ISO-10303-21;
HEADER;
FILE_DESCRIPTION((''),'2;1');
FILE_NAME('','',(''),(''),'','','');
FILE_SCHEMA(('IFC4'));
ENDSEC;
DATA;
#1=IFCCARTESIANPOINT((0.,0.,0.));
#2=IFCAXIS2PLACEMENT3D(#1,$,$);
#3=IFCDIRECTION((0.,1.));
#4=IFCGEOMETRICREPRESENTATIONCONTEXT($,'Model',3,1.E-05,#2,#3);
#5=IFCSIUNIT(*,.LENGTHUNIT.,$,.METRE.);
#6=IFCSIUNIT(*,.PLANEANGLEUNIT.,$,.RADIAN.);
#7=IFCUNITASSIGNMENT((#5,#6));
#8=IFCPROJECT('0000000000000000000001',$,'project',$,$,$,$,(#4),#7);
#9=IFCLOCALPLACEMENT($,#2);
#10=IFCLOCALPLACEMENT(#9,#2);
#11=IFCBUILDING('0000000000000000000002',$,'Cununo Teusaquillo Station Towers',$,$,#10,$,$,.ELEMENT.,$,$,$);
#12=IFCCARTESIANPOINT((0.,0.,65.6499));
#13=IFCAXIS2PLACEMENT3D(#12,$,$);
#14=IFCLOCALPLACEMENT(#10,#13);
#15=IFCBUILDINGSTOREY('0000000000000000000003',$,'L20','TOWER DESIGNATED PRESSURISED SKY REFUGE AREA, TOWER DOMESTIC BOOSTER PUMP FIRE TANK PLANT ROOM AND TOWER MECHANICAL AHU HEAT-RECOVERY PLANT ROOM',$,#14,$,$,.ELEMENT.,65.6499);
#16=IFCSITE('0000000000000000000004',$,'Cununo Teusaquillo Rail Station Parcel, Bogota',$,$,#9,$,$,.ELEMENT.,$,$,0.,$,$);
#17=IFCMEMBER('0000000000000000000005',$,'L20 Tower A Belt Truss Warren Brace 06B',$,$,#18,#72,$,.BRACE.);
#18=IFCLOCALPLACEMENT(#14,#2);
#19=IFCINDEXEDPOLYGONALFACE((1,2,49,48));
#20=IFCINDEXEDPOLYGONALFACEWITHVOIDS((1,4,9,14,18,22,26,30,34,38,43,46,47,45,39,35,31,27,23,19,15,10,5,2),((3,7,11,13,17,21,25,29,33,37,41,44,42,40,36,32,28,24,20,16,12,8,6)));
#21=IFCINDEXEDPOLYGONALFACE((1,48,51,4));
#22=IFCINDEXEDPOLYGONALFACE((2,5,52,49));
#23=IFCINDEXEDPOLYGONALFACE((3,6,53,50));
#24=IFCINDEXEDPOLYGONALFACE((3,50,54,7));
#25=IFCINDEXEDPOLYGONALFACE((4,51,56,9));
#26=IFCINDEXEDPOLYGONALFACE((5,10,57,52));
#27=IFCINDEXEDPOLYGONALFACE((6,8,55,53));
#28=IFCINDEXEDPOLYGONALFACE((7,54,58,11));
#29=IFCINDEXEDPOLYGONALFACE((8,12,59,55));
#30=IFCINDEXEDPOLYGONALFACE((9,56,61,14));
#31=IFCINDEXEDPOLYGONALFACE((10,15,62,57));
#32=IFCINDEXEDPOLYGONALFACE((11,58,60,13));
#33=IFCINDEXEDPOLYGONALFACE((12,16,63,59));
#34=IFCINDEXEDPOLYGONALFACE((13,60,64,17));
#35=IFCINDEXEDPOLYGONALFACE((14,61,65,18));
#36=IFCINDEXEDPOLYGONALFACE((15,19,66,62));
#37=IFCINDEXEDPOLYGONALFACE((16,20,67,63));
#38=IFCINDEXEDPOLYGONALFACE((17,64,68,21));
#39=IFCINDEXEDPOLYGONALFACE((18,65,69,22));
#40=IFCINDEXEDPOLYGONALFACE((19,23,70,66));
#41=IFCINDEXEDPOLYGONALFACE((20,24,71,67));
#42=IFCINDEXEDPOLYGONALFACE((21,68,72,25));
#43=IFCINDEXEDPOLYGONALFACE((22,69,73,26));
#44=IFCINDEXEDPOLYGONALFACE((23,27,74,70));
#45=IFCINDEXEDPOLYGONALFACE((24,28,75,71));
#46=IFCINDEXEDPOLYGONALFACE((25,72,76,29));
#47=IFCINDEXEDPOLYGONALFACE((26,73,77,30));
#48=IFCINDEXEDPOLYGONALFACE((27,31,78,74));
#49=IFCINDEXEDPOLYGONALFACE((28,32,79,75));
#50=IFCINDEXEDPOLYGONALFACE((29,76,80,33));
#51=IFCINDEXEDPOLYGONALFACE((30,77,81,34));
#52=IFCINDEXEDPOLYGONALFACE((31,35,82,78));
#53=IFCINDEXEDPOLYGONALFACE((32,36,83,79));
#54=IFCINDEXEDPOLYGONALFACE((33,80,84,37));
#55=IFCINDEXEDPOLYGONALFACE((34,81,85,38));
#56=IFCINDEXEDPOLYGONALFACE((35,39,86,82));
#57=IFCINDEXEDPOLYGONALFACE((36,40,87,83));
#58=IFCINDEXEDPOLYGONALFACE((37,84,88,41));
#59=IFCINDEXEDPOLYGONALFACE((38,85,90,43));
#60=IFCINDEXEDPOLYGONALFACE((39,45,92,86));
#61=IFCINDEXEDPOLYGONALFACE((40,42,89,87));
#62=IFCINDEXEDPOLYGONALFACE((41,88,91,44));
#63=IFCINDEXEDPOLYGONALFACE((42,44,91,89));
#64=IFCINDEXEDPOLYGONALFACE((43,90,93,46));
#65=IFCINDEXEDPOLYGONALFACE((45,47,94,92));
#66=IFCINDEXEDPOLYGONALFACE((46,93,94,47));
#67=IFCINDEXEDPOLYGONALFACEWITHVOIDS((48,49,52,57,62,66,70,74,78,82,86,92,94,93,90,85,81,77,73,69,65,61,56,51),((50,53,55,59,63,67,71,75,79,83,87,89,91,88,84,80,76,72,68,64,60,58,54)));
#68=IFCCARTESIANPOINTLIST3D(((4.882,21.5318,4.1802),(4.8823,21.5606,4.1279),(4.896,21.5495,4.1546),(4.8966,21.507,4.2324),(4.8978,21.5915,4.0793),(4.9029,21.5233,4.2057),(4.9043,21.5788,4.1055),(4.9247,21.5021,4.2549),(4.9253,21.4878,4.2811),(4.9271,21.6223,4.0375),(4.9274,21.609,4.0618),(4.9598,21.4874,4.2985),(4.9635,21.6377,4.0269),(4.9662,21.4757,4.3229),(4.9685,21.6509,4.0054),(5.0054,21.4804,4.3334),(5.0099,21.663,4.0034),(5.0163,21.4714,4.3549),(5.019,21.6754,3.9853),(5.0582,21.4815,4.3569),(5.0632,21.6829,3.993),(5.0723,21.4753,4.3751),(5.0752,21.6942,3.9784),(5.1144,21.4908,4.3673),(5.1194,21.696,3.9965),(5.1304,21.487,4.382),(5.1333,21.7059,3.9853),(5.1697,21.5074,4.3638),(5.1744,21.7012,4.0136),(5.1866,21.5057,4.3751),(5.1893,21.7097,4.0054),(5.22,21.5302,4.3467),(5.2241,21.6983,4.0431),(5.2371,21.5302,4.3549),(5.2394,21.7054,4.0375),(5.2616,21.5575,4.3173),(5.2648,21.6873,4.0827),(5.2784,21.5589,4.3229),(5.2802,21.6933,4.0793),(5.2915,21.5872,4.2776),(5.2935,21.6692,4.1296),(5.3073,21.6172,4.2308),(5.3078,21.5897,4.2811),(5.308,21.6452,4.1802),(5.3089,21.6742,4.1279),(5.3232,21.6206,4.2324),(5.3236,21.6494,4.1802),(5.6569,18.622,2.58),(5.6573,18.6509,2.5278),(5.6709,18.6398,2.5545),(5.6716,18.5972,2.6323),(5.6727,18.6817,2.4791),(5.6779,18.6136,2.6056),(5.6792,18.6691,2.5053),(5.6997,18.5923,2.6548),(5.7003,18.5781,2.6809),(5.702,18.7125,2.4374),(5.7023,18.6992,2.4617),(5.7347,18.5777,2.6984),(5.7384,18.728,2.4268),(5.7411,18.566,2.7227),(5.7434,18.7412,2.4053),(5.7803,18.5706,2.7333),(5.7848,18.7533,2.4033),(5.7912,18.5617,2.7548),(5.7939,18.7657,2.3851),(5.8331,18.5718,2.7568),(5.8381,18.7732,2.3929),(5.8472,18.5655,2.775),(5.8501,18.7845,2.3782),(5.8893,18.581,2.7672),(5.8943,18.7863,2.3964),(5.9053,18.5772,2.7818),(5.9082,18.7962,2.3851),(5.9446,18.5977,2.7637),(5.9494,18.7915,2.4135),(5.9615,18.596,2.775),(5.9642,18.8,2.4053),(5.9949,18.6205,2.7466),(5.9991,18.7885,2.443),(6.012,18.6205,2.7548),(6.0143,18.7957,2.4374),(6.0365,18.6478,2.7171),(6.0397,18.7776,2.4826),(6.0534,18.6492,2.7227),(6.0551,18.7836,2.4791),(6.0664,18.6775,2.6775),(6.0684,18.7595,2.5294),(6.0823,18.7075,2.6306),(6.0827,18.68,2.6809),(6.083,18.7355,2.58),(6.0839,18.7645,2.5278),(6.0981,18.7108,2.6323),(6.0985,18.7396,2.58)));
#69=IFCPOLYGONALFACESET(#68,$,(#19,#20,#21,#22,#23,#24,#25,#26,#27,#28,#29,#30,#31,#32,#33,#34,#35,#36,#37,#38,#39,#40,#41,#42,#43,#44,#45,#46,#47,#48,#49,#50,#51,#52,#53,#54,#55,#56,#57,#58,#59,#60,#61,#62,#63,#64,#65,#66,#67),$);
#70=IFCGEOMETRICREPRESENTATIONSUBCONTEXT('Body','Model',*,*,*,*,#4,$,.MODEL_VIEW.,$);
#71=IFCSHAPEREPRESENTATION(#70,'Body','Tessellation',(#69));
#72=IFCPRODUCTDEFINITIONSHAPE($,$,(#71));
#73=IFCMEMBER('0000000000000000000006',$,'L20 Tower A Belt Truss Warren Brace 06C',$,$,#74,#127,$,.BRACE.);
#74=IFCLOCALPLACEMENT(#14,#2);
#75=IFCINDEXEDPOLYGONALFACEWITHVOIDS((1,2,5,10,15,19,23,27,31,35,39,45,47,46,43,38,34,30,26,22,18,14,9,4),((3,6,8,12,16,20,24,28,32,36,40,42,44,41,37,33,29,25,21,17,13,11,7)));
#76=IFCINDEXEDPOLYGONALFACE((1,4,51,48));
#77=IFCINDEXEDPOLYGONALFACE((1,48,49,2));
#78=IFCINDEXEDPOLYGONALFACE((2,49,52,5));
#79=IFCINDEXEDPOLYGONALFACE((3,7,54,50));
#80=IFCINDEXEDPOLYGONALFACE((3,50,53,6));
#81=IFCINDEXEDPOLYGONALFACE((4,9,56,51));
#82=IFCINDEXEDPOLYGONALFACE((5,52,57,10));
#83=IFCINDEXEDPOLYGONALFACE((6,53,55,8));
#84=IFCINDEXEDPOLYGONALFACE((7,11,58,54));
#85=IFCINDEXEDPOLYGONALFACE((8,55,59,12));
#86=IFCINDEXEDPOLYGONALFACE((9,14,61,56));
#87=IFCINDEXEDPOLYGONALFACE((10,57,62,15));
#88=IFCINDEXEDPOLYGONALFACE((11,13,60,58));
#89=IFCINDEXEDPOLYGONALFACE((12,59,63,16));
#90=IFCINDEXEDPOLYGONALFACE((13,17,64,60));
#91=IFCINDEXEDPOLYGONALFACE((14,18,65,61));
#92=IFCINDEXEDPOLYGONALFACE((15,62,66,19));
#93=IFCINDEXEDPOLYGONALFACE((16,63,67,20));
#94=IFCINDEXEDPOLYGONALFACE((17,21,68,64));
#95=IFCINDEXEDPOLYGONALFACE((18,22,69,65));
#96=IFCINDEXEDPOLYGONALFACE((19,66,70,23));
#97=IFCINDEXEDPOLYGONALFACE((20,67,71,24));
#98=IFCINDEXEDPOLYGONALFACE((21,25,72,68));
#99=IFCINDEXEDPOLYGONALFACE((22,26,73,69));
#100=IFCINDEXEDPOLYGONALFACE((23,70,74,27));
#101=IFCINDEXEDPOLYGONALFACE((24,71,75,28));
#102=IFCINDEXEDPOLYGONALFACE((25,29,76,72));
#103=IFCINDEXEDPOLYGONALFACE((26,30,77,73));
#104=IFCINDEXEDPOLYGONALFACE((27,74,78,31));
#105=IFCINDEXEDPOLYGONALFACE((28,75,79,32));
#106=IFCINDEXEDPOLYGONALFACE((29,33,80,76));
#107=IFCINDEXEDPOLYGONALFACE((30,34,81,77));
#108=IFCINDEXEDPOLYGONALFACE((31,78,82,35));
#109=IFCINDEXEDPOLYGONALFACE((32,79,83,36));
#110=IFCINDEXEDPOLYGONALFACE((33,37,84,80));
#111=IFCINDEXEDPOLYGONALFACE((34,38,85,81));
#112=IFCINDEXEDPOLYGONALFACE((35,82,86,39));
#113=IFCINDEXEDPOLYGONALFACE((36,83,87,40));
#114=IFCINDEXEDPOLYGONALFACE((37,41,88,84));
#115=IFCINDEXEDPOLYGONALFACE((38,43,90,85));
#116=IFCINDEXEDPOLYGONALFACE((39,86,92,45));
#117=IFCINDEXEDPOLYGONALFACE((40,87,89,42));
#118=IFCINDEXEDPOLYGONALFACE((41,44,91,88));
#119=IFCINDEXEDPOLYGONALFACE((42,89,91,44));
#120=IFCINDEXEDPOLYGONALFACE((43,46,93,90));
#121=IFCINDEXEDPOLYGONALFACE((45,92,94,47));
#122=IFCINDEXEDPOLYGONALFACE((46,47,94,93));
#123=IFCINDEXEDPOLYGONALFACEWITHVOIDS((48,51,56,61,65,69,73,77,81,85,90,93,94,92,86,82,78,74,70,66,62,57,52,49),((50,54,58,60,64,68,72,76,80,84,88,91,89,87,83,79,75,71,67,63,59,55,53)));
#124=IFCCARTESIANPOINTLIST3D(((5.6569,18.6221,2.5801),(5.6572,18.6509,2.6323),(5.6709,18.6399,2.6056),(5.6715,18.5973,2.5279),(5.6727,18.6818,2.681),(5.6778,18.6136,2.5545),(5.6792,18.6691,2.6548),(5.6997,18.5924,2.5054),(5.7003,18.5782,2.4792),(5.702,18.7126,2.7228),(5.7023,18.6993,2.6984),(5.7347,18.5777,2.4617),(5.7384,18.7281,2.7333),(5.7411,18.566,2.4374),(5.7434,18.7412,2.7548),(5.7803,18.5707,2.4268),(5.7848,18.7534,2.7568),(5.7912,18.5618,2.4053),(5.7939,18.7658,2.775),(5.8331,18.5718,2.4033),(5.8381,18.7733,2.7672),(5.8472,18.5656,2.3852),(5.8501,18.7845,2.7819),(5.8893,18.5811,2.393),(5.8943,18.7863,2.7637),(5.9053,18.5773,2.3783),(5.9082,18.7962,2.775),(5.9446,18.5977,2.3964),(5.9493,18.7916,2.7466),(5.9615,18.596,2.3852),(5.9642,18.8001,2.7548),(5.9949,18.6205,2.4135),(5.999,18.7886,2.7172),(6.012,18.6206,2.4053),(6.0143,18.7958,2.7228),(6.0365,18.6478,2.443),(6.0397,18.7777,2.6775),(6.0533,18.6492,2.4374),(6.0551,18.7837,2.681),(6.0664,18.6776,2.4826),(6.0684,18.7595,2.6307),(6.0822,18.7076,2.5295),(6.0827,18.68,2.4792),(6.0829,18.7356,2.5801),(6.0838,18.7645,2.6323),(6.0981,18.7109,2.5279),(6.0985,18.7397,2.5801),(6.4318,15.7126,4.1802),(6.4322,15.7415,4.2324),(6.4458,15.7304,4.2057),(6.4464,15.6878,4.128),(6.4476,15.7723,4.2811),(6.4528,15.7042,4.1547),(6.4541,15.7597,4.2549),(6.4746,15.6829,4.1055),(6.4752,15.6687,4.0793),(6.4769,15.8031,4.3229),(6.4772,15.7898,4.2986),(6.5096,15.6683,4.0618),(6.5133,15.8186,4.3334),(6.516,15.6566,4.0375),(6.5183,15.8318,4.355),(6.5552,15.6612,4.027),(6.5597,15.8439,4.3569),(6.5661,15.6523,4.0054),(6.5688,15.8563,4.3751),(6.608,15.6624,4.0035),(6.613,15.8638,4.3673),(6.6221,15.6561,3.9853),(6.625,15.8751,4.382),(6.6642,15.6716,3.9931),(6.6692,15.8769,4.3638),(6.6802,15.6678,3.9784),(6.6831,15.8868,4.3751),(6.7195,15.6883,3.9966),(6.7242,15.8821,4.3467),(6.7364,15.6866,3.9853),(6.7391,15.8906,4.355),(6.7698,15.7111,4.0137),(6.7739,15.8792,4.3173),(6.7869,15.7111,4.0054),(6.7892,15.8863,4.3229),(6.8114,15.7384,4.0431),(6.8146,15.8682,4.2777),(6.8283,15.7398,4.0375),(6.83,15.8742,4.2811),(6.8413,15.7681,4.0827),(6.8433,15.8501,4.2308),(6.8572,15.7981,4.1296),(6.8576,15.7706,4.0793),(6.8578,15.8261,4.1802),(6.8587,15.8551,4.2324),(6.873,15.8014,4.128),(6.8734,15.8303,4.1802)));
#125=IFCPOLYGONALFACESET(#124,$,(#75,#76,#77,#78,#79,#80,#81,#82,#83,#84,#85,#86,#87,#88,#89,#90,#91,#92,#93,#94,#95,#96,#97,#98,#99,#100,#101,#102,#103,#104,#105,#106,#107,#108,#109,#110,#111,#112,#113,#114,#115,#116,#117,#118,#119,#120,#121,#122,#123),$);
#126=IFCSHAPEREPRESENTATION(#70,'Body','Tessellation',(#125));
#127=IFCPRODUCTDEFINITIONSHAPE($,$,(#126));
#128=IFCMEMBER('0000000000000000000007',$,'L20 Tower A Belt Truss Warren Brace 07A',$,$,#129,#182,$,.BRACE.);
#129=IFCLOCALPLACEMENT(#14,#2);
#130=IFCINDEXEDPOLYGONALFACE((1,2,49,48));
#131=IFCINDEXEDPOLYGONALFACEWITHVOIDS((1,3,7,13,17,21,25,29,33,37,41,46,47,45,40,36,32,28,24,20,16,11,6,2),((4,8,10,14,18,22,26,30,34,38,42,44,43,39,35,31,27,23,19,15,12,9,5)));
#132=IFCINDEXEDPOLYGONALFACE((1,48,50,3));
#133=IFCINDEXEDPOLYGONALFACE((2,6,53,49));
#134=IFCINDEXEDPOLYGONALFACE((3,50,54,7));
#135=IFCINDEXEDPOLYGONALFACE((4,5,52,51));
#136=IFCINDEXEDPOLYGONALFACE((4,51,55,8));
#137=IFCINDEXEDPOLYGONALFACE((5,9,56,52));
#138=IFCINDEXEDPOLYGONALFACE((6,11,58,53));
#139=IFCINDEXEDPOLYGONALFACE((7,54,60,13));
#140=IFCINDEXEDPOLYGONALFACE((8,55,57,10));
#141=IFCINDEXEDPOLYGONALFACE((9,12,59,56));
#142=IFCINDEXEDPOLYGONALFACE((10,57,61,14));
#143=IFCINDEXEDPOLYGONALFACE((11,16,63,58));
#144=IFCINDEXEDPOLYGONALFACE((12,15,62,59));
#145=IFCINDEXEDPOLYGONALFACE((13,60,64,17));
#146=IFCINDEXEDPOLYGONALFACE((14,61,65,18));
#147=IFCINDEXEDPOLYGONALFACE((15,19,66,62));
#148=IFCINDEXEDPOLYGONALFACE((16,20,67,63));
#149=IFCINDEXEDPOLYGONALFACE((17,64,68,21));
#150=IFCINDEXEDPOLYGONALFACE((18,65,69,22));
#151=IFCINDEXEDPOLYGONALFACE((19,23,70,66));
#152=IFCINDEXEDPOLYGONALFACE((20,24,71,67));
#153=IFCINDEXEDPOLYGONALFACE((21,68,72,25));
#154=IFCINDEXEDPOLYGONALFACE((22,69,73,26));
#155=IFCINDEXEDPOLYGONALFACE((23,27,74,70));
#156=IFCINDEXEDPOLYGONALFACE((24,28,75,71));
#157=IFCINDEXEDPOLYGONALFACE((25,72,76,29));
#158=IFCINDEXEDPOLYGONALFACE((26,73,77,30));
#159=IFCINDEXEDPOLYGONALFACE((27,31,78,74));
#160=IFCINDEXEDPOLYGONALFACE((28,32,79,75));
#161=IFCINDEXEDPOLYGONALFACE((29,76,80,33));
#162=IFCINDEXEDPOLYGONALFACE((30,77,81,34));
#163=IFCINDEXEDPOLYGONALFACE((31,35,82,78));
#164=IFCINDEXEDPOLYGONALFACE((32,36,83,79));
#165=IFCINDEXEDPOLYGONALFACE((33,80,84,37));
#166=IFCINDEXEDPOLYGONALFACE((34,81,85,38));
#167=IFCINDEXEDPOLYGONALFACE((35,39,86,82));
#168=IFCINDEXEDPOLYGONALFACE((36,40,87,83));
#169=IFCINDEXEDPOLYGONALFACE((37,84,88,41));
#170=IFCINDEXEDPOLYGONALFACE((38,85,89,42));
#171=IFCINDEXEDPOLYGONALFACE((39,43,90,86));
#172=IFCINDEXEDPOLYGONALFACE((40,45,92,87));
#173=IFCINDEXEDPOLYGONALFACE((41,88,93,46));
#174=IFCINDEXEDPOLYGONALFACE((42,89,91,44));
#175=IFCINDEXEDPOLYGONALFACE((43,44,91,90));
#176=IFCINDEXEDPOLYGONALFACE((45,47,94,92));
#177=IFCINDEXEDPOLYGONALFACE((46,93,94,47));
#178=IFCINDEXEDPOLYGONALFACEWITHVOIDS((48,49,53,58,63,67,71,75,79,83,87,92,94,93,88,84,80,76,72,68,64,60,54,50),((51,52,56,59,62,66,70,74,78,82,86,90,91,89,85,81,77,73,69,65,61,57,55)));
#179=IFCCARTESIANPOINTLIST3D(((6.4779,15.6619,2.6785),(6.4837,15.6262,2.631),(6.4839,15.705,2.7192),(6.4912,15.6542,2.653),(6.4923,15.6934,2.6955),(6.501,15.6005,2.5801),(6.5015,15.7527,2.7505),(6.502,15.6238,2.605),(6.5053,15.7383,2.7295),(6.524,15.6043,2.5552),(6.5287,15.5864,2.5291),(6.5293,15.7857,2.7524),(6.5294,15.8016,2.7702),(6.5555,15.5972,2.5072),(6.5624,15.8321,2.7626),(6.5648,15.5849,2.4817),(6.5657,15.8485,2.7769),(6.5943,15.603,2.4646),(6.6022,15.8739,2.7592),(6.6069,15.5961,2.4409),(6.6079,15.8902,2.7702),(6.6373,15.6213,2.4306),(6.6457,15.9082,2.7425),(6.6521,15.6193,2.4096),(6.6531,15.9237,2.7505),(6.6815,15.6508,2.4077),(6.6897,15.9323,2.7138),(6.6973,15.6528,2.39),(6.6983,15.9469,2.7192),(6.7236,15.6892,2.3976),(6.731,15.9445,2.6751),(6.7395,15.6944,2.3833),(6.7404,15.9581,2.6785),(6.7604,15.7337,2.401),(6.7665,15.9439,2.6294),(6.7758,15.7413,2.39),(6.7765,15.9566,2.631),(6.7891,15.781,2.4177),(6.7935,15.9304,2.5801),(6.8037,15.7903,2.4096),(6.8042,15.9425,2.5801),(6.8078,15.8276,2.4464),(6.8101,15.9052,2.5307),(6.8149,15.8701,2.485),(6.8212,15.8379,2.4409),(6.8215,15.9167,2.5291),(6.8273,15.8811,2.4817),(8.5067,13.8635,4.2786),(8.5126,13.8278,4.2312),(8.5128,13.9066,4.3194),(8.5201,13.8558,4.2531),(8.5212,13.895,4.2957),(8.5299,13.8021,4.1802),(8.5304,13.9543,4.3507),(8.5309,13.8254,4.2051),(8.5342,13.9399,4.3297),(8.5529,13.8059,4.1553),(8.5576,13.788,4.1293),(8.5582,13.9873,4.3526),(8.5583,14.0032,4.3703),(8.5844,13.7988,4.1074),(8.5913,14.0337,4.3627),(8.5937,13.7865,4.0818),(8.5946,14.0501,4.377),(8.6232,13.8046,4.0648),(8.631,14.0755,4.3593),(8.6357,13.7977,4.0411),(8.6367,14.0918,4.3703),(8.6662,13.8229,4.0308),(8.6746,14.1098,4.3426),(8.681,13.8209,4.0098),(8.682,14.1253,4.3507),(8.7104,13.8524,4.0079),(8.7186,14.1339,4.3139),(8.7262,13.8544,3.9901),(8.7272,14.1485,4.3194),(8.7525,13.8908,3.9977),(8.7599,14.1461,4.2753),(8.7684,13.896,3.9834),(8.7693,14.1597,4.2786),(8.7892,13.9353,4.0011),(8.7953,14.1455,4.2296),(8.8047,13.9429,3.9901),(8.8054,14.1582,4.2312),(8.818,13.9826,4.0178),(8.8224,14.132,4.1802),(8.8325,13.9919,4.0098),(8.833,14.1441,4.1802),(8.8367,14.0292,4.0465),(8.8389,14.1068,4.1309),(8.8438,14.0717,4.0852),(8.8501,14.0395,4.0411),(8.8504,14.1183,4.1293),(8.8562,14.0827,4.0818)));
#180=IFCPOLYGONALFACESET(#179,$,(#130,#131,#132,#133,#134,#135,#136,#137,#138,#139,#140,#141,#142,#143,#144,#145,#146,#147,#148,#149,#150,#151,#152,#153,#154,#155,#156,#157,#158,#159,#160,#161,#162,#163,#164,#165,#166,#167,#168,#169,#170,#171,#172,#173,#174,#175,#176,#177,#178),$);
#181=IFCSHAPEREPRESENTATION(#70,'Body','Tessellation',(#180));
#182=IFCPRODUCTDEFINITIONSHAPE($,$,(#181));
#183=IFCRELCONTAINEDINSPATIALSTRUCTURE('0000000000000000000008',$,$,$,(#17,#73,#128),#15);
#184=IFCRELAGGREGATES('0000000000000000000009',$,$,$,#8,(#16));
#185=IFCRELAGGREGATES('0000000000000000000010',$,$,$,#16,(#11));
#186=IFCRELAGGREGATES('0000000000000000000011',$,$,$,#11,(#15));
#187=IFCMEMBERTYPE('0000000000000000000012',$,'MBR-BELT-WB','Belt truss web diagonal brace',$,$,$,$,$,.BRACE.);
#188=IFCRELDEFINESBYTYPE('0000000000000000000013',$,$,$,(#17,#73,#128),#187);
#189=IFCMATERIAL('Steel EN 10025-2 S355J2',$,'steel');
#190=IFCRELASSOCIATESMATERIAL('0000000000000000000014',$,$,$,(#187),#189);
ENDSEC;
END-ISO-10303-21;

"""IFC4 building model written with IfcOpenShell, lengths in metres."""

from ifc_helpers import new_model, si_unit, direction, frame, origin, origin_2d, place, context, subcontext, project, spatial, hollow_circle, extrude, material, material_profile, profile_set, type_object, element, save


model = new_model("IFC4")

# Units and contexts
model_context = context("Model", 3, precision=1e-05, world=origin(), true_north=direction((0.0, 1.0)))
body_context = subcontext(model_context, "Body", "Model", "MODEL_VIEW")
ifc_project = project(units=[si_unit("LENGTHUNIT", "METRE"), si_unit("PLANEANGLEUNIT", "RADIAN")], contexts=[model_context])

# Site, building, storey
site_placement = place(None, origin())
site = spatial("IfcSite", under=ifc_project, at=site_placement, Name="Cununo Teusaquillo Rail Station Parcel, Bogota", CompositionType="ELEMENT", RefElevation=0.0)
building_placement = place(site_placement, origin())
building = spatial("IfcBuilding", under=site, at=building_placement, Name="Cununo Teusaquillo Station Towers", CompositionType="ELEMENT")
storey_placement = place(building_placement, frame((0.0, 0.0, 65.6499)))
storey = spatial("IfcBuildingStorey", under=building, at=storey_placement, Name="L20", Description="TOWER DESIGNATED PRESSURISED SKY REFUGE AREA, TOWER DOMESTIC BOOSTER PUMP FIRE TANK PLANT ROOM AND TOWER MECHANICAL AHU HEAT-RECOVERY PLANT ROOM", CompositionType="ELEMENT", Elevation=65.6499)

# Members
ifc_material_1 = material(Name="Steel EN 10025-2 S355J2", Category="steel")
ifc_material_profile_1 = material_profile(ifc_material_1, hollow_circle(Radius=0.2285, WallThickness=0.0161, at=origin_2d()), Name="CHS 457x16")
ifc_profile_set_1 = profile_set([ifc_material_profile_1], Name="Steel EN 10025-2 S355J2")
member_type_1 = type_object("IfcMemberType", Name="MBR-BELT-WB", Description="Belt truss web diagonal brace", PredefinedType="BRACE", material=ifc_profile_set_1)
member_1_placement = place(storey_placement, frame((5.1028, 21.5906, 4.1802), z_axis=(0.227255, -0.853317, -0.46926), x_axis=(0.966318, 0.25735, 0.0)))
element("IfcMember", 1, at=member_1_placement, inside=storey, type_object=member_type_1, Name="L20 Tower A Belt Truss Warren Brace 06B", PredefinedType="BRACE", context=body_context, shape_type="SweptSolid", body=[
    extrude(hollow_circle(Radius=0.2285, WallThickness=0.0161, at=origin_2d()), origin(), (0.0, 0.0, 1.0), 3.4099),
])
member_2_placement = place(storey_placement, frame((5.8777, 18.6809, 2.5801), z_axis=(0.227269, -0.853298, 0.469289), x_axis=(0.966313, 0.25737, 0.0)))
element("IfcMember", 2, at=member_2_placement, inside=storey, type_object=member_type_1, Name="L20 Tower A Belt Truss Warren Brace 06C", PredefinedType="BRACE", context=body_context, shape_type="SweptSolid", body=[
    extrude(hollow_circle(Radius=0.2285, WallThickness=0.0161, at=origin_2d()), origin(), (0.0, 0.0, 1.0), 3.4097),
])
member_3_placement = place(storey_placement, frame((6.6526, 15.7715, 2.5801), z_axis=(0.644459, -0.57125, 0.508277), x_axis=(0.663324, 0.748333, 0.0)))
element("IfcMember", 3, at=member_3_placement, inside=storey, type_object=member_type_1, Name="L20 Tower A Belt Truss Warren Brace 07A", PredefinedType="BRACE", context=body_context, shape_type="SweptSolid", body=[
    extrude(hollow_circle(Radius=0.2285, WallThickness=0.0161, at=origin_2d()), origin(), (0.0, 0.0, 1.0), 3.1482),
])

save(model, "model.ifc")
